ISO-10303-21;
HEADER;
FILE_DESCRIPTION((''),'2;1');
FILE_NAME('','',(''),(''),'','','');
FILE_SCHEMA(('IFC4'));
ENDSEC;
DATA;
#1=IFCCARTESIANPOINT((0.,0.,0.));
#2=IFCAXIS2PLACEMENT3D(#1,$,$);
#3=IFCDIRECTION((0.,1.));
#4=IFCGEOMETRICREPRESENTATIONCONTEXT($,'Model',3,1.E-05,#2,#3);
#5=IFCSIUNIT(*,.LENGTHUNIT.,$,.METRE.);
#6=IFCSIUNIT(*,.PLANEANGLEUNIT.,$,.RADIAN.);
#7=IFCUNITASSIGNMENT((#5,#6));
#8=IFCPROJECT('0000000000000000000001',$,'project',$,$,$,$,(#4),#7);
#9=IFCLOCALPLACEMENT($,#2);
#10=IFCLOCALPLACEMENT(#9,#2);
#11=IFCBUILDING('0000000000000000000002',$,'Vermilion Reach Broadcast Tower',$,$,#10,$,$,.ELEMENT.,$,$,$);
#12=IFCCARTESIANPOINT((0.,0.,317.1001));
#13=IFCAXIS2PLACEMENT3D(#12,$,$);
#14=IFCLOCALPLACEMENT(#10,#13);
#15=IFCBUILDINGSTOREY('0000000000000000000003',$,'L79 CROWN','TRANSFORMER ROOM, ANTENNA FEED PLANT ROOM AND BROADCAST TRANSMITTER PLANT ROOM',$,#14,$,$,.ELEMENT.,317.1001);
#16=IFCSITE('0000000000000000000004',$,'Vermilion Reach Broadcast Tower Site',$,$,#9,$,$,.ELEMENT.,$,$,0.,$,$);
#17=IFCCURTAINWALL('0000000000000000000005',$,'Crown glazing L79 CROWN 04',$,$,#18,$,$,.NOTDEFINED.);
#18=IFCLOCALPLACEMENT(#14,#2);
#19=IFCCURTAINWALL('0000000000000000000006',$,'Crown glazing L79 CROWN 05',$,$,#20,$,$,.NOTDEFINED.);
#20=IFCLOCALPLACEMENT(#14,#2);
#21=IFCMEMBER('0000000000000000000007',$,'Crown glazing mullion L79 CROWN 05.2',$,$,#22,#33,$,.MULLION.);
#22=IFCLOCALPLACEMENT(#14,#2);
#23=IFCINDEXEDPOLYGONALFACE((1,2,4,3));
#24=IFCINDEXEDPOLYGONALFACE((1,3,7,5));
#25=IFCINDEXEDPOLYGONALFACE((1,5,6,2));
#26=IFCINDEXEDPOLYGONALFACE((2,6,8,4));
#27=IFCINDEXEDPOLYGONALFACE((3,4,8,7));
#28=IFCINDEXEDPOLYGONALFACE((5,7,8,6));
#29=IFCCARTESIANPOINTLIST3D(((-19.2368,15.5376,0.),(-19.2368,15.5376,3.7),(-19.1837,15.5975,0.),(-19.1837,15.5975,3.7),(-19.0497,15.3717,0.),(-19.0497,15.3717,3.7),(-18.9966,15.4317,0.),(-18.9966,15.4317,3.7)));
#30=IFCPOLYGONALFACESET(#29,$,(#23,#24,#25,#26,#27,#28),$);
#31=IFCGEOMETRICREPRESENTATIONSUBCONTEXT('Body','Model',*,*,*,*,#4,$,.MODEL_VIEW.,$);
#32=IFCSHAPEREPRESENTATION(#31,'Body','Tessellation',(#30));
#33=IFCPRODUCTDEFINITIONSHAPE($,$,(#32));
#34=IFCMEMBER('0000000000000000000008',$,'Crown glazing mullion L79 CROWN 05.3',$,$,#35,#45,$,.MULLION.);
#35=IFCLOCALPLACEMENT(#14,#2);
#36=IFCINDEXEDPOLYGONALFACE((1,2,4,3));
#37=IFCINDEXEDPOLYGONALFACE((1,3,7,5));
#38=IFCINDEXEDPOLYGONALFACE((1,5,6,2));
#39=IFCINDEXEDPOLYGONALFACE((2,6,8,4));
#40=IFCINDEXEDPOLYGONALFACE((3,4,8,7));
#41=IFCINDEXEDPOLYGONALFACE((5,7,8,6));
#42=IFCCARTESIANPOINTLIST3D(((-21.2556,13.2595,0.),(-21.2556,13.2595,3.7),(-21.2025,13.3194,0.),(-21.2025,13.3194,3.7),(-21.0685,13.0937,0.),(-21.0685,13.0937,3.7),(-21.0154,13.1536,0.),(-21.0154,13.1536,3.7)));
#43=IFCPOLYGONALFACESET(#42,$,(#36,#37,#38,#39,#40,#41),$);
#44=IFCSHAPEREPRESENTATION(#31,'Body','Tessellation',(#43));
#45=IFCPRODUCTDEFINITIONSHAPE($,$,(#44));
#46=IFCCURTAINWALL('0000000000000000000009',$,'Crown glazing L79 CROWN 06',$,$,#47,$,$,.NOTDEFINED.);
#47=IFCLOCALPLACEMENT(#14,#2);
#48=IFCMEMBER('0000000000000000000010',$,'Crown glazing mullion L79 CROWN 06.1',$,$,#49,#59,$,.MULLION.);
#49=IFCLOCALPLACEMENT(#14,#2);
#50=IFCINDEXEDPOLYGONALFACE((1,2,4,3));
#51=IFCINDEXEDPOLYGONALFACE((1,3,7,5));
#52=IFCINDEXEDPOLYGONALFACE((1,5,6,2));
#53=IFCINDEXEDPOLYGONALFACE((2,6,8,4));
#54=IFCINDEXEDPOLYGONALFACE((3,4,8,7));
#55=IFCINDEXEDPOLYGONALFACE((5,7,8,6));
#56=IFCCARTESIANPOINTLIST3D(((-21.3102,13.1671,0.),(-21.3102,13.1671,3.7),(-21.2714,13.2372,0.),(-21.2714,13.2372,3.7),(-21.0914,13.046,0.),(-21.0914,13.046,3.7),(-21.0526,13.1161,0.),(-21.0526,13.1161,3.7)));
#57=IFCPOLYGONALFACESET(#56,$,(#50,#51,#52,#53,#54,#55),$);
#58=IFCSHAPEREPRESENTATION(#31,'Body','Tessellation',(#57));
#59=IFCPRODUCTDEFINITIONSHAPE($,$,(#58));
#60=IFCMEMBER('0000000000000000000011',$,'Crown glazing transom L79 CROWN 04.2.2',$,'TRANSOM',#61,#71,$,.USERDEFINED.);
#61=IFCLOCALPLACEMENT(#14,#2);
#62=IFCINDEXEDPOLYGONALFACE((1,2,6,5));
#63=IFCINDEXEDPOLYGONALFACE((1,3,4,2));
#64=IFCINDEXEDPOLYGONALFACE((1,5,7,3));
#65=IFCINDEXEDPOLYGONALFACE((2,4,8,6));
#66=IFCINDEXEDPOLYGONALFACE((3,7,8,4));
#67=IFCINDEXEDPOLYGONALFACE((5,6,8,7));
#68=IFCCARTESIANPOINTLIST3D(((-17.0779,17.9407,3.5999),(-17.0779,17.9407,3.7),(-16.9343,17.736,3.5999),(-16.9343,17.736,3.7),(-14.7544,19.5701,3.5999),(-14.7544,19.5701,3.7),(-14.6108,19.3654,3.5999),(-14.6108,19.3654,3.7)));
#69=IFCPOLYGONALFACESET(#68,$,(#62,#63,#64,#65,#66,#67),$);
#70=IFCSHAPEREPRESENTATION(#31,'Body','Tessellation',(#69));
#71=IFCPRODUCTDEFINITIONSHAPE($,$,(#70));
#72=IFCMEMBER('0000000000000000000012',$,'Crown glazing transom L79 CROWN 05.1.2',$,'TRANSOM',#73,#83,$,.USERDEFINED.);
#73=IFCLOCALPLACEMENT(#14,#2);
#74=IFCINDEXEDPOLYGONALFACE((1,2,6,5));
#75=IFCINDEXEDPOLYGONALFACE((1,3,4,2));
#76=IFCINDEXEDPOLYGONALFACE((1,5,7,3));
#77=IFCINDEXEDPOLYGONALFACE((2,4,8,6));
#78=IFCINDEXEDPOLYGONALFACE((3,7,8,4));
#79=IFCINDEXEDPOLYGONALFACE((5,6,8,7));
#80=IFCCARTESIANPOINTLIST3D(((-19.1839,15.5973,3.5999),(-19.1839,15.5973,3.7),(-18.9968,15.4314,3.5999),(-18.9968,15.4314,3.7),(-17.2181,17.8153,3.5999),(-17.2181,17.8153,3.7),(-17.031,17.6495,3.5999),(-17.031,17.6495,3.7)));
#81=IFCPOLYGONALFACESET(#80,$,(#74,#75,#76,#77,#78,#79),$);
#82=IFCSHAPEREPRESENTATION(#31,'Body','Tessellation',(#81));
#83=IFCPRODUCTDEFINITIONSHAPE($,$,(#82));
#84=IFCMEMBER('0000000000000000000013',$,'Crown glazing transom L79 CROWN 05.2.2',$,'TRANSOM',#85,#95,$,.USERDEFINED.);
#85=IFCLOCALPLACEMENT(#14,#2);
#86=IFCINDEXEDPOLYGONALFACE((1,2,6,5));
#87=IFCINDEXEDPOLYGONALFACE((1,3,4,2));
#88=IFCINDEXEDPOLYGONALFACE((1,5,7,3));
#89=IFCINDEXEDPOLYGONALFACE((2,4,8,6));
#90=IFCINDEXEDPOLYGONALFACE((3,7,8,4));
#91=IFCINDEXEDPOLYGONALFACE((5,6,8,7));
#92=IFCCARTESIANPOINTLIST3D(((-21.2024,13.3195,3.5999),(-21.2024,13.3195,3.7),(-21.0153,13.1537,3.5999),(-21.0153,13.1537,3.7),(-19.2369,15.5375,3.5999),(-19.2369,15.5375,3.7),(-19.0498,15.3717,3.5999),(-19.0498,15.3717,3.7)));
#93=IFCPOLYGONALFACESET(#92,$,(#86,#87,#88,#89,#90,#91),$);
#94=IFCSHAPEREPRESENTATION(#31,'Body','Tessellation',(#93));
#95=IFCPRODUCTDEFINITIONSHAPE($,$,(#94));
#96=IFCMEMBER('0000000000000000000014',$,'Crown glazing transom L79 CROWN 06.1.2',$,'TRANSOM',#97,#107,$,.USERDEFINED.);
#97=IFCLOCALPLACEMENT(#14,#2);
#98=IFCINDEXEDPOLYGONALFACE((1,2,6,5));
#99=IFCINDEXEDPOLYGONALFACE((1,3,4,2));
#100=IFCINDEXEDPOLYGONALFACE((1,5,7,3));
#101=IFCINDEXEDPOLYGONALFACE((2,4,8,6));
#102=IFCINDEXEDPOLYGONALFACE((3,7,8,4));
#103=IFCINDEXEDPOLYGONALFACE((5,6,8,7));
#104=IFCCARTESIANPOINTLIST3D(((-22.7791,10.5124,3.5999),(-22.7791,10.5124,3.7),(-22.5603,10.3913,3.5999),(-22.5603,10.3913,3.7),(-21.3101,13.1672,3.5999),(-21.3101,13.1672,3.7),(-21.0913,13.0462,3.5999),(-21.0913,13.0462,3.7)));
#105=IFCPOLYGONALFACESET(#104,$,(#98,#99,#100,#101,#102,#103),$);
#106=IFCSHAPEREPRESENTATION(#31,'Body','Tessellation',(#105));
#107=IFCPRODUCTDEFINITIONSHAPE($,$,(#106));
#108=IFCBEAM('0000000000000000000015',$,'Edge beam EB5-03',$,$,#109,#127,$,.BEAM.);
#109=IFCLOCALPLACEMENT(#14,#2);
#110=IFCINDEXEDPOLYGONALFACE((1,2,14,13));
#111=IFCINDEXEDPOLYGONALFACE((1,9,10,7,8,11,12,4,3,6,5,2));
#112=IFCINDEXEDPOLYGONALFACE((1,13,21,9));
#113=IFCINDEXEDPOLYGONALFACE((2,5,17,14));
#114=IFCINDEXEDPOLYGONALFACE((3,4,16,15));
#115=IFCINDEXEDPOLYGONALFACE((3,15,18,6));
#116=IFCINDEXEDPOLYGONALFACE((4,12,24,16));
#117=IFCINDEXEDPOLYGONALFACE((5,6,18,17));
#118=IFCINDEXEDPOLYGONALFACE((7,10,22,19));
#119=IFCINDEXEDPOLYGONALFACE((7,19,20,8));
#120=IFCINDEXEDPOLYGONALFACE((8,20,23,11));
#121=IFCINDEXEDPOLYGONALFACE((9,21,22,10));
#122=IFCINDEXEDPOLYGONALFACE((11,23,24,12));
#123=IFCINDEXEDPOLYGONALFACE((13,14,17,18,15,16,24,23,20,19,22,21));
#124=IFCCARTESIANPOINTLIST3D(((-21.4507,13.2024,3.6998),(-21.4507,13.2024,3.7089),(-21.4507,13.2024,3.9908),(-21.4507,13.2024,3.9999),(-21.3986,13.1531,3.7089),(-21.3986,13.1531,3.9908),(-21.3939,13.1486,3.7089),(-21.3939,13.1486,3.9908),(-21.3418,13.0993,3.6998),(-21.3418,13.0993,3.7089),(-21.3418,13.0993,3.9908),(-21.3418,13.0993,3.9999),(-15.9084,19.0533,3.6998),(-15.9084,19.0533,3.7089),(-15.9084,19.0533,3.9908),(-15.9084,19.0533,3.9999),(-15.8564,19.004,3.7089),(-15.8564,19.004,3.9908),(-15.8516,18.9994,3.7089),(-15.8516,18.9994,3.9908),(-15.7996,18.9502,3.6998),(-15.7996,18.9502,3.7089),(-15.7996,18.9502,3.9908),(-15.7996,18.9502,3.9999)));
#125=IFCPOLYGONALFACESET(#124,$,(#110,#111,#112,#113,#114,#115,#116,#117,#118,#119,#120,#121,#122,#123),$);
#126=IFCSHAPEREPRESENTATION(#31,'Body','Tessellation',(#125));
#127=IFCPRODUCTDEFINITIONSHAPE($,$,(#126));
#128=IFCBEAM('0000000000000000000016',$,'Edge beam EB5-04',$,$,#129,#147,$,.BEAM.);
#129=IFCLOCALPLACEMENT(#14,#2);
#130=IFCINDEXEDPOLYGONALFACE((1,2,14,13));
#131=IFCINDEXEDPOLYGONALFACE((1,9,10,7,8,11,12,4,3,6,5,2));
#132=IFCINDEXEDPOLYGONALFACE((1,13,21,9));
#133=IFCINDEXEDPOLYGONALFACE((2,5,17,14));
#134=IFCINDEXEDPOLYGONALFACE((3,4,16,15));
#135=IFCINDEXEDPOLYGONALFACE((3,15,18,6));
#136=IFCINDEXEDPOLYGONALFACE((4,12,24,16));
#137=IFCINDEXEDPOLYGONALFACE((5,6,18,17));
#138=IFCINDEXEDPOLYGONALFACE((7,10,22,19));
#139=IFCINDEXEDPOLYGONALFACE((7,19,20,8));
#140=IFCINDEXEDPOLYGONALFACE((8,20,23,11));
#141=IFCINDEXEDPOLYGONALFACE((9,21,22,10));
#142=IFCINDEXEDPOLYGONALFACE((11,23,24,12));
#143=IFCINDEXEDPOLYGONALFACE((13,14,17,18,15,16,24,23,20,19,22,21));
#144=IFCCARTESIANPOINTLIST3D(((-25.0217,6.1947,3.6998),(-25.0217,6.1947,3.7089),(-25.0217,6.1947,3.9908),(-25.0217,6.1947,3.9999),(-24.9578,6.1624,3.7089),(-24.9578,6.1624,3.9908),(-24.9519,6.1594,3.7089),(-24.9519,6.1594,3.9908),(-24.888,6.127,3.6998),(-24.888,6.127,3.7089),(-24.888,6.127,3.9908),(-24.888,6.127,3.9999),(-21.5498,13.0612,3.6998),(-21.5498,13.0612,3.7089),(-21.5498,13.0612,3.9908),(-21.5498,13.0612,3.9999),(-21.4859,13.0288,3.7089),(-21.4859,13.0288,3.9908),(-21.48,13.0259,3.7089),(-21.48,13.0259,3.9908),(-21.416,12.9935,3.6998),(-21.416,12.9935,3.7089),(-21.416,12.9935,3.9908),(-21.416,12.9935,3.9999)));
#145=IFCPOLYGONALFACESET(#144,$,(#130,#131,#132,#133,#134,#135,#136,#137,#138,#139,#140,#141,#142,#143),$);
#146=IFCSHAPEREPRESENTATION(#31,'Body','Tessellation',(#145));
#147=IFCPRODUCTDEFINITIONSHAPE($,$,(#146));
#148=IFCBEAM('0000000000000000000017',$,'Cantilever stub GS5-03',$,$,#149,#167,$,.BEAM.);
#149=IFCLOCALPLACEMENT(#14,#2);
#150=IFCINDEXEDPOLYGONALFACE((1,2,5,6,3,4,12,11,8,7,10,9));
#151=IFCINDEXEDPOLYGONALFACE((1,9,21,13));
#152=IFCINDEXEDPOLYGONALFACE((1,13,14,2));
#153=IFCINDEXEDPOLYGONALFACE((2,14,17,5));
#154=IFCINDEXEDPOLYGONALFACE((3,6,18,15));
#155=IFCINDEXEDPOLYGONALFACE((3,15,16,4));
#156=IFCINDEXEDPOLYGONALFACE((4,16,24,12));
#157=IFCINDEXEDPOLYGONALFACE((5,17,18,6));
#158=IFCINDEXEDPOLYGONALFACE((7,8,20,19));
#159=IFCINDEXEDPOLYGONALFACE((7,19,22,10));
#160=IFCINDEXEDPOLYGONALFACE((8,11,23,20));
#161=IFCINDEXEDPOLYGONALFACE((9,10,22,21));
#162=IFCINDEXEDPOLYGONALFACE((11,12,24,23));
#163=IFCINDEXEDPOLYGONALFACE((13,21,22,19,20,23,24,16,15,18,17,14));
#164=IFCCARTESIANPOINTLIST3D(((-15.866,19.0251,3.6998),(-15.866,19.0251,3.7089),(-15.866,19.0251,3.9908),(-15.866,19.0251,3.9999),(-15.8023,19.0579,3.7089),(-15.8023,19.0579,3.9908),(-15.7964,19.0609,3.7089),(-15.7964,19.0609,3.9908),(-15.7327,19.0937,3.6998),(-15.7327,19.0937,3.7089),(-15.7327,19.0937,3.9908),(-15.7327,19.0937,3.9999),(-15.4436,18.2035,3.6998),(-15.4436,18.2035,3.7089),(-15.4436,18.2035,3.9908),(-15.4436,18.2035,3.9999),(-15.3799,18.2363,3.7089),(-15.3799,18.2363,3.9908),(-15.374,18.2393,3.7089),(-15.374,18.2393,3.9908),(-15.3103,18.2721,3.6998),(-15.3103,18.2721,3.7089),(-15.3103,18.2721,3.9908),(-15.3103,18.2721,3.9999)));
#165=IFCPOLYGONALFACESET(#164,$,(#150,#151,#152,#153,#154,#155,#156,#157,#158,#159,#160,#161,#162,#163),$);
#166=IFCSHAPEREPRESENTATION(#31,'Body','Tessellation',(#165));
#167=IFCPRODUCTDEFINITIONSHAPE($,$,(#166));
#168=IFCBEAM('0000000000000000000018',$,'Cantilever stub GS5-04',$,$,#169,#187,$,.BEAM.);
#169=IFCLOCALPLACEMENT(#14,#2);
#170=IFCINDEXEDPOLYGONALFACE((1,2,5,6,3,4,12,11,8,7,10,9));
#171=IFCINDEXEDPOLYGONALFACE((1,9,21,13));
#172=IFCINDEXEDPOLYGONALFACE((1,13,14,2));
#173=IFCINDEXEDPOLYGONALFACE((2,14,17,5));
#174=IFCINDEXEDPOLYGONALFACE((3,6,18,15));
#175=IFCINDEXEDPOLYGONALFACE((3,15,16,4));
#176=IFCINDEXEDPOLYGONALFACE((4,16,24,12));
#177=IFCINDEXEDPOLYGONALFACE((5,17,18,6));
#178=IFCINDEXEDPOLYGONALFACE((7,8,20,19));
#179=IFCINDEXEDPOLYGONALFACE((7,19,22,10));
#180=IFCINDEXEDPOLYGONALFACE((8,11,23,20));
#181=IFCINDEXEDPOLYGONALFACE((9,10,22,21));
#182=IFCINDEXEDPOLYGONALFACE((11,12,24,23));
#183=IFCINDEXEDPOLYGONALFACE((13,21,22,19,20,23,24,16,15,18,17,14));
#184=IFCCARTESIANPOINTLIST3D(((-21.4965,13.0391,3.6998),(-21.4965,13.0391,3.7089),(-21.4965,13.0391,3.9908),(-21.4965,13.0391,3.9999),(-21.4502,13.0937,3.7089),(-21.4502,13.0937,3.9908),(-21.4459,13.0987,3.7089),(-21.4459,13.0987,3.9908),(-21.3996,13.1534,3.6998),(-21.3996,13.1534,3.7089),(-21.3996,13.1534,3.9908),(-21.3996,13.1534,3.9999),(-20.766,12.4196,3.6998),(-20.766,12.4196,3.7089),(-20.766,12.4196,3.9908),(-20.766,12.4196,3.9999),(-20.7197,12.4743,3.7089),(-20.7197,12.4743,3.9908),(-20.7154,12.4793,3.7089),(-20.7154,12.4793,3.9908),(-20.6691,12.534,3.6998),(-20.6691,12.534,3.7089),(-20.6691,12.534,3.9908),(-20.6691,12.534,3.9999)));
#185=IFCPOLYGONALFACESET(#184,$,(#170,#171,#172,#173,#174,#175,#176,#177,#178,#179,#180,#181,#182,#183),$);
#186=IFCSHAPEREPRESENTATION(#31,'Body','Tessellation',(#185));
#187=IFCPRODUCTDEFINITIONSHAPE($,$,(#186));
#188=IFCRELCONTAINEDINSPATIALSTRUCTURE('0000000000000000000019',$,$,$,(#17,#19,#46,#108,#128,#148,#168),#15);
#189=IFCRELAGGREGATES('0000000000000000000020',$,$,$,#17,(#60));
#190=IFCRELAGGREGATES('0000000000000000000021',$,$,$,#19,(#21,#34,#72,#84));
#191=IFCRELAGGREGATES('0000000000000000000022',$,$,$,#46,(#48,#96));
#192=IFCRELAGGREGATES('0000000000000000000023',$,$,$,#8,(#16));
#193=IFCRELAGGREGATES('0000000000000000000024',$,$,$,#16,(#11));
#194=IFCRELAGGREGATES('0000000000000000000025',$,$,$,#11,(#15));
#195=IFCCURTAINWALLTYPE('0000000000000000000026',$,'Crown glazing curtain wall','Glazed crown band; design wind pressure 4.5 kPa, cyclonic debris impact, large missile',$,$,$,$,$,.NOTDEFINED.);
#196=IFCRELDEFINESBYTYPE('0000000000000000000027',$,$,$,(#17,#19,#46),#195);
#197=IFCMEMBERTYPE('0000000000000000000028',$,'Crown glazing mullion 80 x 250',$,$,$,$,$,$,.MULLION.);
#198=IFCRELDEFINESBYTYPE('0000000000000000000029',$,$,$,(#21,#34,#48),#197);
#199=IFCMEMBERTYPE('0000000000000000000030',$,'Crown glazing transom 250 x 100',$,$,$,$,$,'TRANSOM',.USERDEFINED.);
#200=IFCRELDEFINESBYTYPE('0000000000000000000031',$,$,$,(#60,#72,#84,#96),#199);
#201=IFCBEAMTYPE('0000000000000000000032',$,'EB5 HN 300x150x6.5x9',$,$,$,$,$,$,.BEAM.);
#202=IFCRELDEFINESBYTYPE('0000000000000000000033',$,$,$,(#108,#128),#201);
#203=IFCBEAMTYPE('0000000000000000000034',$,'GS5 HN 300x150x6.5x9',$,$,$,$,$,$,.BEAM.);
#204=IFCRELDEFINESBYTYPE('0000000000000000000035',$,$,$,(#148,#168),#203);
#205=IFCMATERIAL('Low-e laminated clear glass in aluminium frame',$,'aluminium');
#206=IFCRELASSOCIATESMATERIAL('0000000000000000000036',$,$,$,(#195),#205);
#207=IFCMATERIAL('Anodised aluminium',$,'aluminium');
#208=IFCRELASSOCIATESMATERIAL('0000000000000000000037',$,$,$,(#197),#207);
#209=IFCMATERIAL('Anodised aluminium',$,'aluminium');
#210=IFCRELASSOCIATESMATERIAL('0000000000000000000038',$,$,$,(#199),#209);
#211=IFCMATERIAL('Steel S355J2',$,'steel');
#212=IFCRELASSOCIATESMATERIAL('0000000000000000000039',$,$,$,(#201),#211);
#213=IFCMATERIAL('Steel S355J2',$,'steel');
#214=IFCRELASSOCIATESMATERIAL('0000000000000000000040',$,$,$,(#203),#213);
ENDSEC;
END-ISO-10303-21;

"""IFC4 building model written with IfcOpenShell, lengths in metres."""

from ifc_helpers import new_model, si_unit, direction, frame, origin, origin_2d, place, context, subcontext, project, spatial, rectangle, i_section, extrude, material, material_profile, profile_set, type_object, element, aggregate, save


model = new_model("IFC4")

# Units and contexts
model_context = context("Model", 3, precision=1e-05, world=origin(), true_north=direction((0.0, 1.0)))
body_context = subcontext(model_context, "Body", "Model", "MODEL_VIEW")
ifc_project = project(units=[si_unit("LENGTHUNIT", "METRE"), si_unit("PLANEANGLEUNIT", "RADIAN")], contexts=[model_context])

# Site, building, storey
site_placement = place(None, origin())
site = spatial("IfcSite", under=ifc_project, at=site_placement, Name="Vermilion Reach Broadcast Tower Site", CompositionType="ELEMENT", RefElevation=0.0)
building_placement = place(site_placement, origin())
building = spatial("IfcBuilding", under=site, at=building_placement, Name="Vermilion Reach Broadcast Tower", CompositionType="ELEMENT")
storey_placement = place(building_placement, frame((0.0, 0.0, 317.1001)))
storey = spatial("IfcBuildingStorey", under=building, at=storey_placement, Name="L79 CROWN", Description="TRANSFORMER ROOM, ANTENNA FEED PLANT ROOM AND BROADCAST TRANSMITTER PLANT ROOM", CompositionType="ELEMENT", Elevation=317.1001)

# Curtain wall
ifc_material_1 = material(Name="Low-e laminated clear glass in aluminium frame", Category="aluminium")
curtain_wall_type = type_object("IfcCurtainWallType", Name="Crown glazing curtain wall", Description="Glazed crown band; design wind pressure 4.5 kPa, cyclonic debris impact, large missile", PredefinedType="NOTDEFINED", material=ifc_material_1)
placement = place(storey_placement, origin())
curtain_wall_1 = element("IfcCurtainWall", 1, at=placement, inside=storey, type_object=curtain_wall_type, Name="Crown glazing L79 CROWN 04", PredefinedType="NOTDEFINED")
ifc_material_2 = material(Name="Anodised aluminium", Category="aluminium")
ifc_material_profile_1 = material_profile(ifc_material_2, rectangle(XDim=0.25, YDim=0.0801, at=origin_2d()), Name="Crown glazing mullion 80 x 250")
ifc_profile_set_1 = profile_set([ifc_material_profile_1], Name="Anodised aluminium")
member_type_1 = type_object("IfcMemberType", Name="Crown glazing mullion 80 x 250", PredefinedType="MULLION", material=ifc_profile_set_1)

# Curtain wall, members
curtain_wall_2 = element("IfcCurtainWall", 2, at=placement, inside=storey, type_object=curtain_wall_type, Name="Crown glazing L79 CROWN 05", PredefinedType="NOTDEFINED")
member_1_placement = place(storey_placement, frame((-19.1167, 15.4846, 0.0), z_axis=(0.0, 0.0, 1.0), x_axis=(0.748408, -0.663239, 0.0)))
member_1 = element("IfcMember", 3, at=member_1_placement, type_object=member_type_1, Name="Crown glazing mullion L79 CROWN 05.2", PredefinedType="MULLION", context=body_context, shape_type="SweptSolid", body=[
    extrude(rectangle(XDim=0.25, YDim=0.0801, at=origin_2d()), origin(), (0.0, 0.0, 1.0), 3.7),
])
member_2_placement = place(storey_placement, frame((-21.1355, 13.2065, 0.0), z_axis=(0.0, 0.0, 1.0), x_axis=(0.748408, -0.663239, 0.0)))
member_2 = element("IfcMember", 4, at=member_2_placement, type_object=member_type_1, Name="Crown glazing mullion L79 CROWN 05.3", PredefinedType="MULLION", context=body_context, shape_type="SweptSolid", body=[
    extrude(rectangle(XDim=0.25, YDim=0.0801, at=origin_2d()), origin(), (0.0, 0.0, 1.0), 3.7),
])

# Curtain wall, member
curtain_wall_3 = element("IfcCurtainWall", 5, at=placement, inside=storey, type_object=curtain_wall_type, Name="Crown glazing L79 CROWN 06", PredefinedType="NOTDEFINED")
member_3_placement = place(storey_placement, frame((-21.1814, 13.1416, 0.0), z_axis=(0.0, 0.0, 1.0), x_axis=(0.874983, -0.484153, 0.0)))
member_3 = element("IfcMember", 6, at=member_3_placement, type_object=member_type_1, Name="Crown glazing mullion L79 CROWN 06.1", PredefinedType="MULLION", context=body_context, shape_type="SweptSolid", body=[
    extrude(rectangle(XDim=0.25, YDim=0.0801, at=origin_2d()), origin(), (0.0, 0.0, 1.0), 3.7),
])

# Members
ifc_material_3 = material(Name="Anodised aluminium", Category="aluminium")
ifc_material_profile_2 = material_profile(ifc_material_3, rectangle(XDim=0.25, YDim=0.1001, at=origin_2d()), Name="Crown glazing transom 250 x 100")
ifc_profile_set_2 = profile_set([ifc_material_profile_2], Name="Anodised aluminium")
member_type_2 = type_object("IfcMemberType", Name="Crown glazing transom 250 x 100", ElementType="TRANSOM", PredefinedType="USERDEFINED", material=ifc_profile_set_2)
member_4_placement = place(storey_placement, frame((-14.6826, 19.4678, 3.6499), z_axis=(-0.818743, -0.574161, 0.0), x_axis=(0.574161, -0.818743, 0.0)))
member_4 = element("IfcMember", 7, at=member_4_placement, type_object=member_type_2, Name="Crown glazing transom L79 CROWN 04.2.2", ObjectType="TRANSOM", PredefinedType="USERDEFINED", context=body_context, shape_type="SweptSolid", body=[
    extrude(rectangle(XDim=0.25, YDim=0.1001, at=origin_2d()), origin(), (0.0, 0.0, 1.0), 2.8379),
])
member_5_placement = place(storey_placement, frame((-17.1245, 17.7324, 3.6499), z_axis=(-0.663279, -0.748372, 0.0), x_axis=(0.748372, -0.663279, 0.0)))
member_5 = element("IfcMember", 8, at=member_5_placement, type_object=member_type_2, Name="Crown glazing transom L79 CROWN 05.1.2", ObjectType="TRANSOM", PredefinedType="USERDEFINED", context=body_context, shape_type="SweptSolid", body=[
    extrude(rectangle(XDim=0.25, YDim=0.1001, at=origin_2d()), origin(), (0.0, 0.0, 1.0), 2.9639),
])
member_6_placement = place(storey_placement, frame((-19.1433, 15.4546, 3.6499), z_axis=(-0.663233, -0.748413, 0.0), x_axis=(0.748413, -0.663233, 0.0)))
member_6 = element("IfcMember", 9, at=member_6_placement, type_object=member_type_2, Name="Crown glazing transom L79 CROWN 05.2.2", ObjectType="TRANSOM", PredefinedType="USERDEFINED", context=body_context, shape_type="SweptSolid", body=[
    extrude(rectangle(XDim=0.25, YDim=0.1001, at=origin_2d()), origin(), (0.0, 0.0, 1.0), 2.9636),
])
member_7_placement = place(storey_placement, frame((-21.2007, 13.1067, 3.6499), z_axis=(-0.48416, -0.87498, 0.0), x_axis=(0.87498, -0.48416, 0.0)))
member_7 = element("IfcMember", 10, at=member_7_placement, type_object=member_type_2, Name="Crown glazing transom L79 CROWN 06.1.2", ObjectType="TRANSOM", PredefinedType="USERDEFINED", context=body_context, shape_type="SweptSolid", body=[
    extrude(rectangle(XDim=0.25, YDim=0.1001, at=origin_2d()), origin(), (0.0, 0.0, 1.0), 3.0342),
])

# Beams
ifc_material_4 = material(Name="Steel S355J2", Category="steel")
ifc_material_profile_3 = material_profile(ifc_material_4, i_section(OverallWidth=0.1499, OverallDepth=0.3, WebThickness=0.0066, FlangeThickness=0.009, at=origin_2d()), Name="S355J2 HN 300x150x6.5x9")
ifc_profile_set_3 = profile_set([ifc_material_profile_3], Name="Steel S355J2")
beam_type_1 = type_object("IfcBeamType", Name="EB5 HN 300x150x6.5x9", PredefinedType="BEAM", material=ifc_profile_set_3)
beam_1_placement = place(storey_placement, frame((-15.854, 19.0017, 3.8499), z_axis=(-0.687702, -0.725993, 0.0), x_axis=(0.725993, -0.687702, 0.0)))
element("IfcBeam", 11, at=beam_1_placement, inside=storey, type_object=beam_type_1, Name="Edge beam EB5-03", PredefinedType="BEAM", context=body_context, shape_type="SweptSolid", body=[
    extrude(i_section(OverallWidth=0.1499, OverallDepth=0.3, WebThickness=0.0066, FlangeThickness=0.009, at=origin_2d()), origin(), (0.0, 0.0, 1.0), 8.0591),
])
beam_2_placement = place(storey_placement, frame((-21.4829, 13.0273, 3.8499), z_axis=(-0.451232, -0.892406, 0.0), x_axis=(0.892406, -0.451232, 0.0)))
element("IfcBeam", 12, at=beam_2_placement, inside=storey, type_object=beam_type_1, Name="Edge beam EB5-04", PredefinedType="BEAM", context=body_context, shape_type="SweptSolid", body=[
    extrude(i_section(OverallWidth=0.1499, OverallDepth=0.3, WebThickness=0.0066, FlangeThickness=0.009, at=origin_2d()), origin(), (0.0, 0.0, 1.0), 7.6943),
])
ifc_material_5 = material(Name="Steel S355J2", Category="steel")
ifc_material_profile_4 = material_profile(ifc_material_5, i_section(OverallWidth=0.1499, OverallDepth=0.3, WebThickness=0.0066, FlangeThickness=0.009, at=origin_2d()), Name="S355J2 HN 300x150x6.5x9")
ifc_profile_set_4 = profile_set([ifc_material_profile_4], Name="Steel S355J2")
beam_type_2 = type_object("IfcBeamType", Name="GS5 HN 300x150x6.5x9", PredefinedType="BEAM", material=ifc_profile_set_4)
beam_3_placement = place(storey_placement, frame((-15.377, 18.2378, 3.8499), z_axis=(-0.457229, 0.889349, 0.0), x_axis=(-0.889349, -0.457229, 0.0)))
element("IfcBeam", 13, at=beam_3_placement, inside=storey, type_object=beam_type_2, Name="Cantilever stub GS5-03", PredefinedType="BEAM", context=body_context, shape_type="SweptSolid", body=[
    extrude(i_section(OverallWidth=0.1499, OverallDepth=0.3, WebThickness=0.0066, FlangeThickness=0.009, at=origin_2d()), origin(), (0.0, 0.0, 1.0), 0.9238),
])
beam_4_placement = place(storey_placement, frame((-20.7175, 12.4768, 3.8499), z_axis=(-0.762719, 0.64673, 0.0), x_axis=(-0.64673, -0.762719, 0.0)))
element("IfcBeam", 14, at=beam_4_placement, inside=storey, type_object=beam_type_2, Name="Cantilever stub GS5-04", PredefinedType="BEAM", context=body_context, shape_type="SweptSolid", body=[
    extrude(i_section(OverallWidth=0.1499, OverallDepth=0.3, WebThickness=0.0066, FlangeThickness=0.009, at=origin_2d()), origin(), (0.0, 0.0, 1.0), 0.9578),
])

aggregate(curtain_wall_1, [member_4])
aggregate(curtain_wall_2, [member_1, member_2, member_5, member_6])
aggregate(curtain_wall_3, [member_3, member_7])

save(model, "model.ifc")
